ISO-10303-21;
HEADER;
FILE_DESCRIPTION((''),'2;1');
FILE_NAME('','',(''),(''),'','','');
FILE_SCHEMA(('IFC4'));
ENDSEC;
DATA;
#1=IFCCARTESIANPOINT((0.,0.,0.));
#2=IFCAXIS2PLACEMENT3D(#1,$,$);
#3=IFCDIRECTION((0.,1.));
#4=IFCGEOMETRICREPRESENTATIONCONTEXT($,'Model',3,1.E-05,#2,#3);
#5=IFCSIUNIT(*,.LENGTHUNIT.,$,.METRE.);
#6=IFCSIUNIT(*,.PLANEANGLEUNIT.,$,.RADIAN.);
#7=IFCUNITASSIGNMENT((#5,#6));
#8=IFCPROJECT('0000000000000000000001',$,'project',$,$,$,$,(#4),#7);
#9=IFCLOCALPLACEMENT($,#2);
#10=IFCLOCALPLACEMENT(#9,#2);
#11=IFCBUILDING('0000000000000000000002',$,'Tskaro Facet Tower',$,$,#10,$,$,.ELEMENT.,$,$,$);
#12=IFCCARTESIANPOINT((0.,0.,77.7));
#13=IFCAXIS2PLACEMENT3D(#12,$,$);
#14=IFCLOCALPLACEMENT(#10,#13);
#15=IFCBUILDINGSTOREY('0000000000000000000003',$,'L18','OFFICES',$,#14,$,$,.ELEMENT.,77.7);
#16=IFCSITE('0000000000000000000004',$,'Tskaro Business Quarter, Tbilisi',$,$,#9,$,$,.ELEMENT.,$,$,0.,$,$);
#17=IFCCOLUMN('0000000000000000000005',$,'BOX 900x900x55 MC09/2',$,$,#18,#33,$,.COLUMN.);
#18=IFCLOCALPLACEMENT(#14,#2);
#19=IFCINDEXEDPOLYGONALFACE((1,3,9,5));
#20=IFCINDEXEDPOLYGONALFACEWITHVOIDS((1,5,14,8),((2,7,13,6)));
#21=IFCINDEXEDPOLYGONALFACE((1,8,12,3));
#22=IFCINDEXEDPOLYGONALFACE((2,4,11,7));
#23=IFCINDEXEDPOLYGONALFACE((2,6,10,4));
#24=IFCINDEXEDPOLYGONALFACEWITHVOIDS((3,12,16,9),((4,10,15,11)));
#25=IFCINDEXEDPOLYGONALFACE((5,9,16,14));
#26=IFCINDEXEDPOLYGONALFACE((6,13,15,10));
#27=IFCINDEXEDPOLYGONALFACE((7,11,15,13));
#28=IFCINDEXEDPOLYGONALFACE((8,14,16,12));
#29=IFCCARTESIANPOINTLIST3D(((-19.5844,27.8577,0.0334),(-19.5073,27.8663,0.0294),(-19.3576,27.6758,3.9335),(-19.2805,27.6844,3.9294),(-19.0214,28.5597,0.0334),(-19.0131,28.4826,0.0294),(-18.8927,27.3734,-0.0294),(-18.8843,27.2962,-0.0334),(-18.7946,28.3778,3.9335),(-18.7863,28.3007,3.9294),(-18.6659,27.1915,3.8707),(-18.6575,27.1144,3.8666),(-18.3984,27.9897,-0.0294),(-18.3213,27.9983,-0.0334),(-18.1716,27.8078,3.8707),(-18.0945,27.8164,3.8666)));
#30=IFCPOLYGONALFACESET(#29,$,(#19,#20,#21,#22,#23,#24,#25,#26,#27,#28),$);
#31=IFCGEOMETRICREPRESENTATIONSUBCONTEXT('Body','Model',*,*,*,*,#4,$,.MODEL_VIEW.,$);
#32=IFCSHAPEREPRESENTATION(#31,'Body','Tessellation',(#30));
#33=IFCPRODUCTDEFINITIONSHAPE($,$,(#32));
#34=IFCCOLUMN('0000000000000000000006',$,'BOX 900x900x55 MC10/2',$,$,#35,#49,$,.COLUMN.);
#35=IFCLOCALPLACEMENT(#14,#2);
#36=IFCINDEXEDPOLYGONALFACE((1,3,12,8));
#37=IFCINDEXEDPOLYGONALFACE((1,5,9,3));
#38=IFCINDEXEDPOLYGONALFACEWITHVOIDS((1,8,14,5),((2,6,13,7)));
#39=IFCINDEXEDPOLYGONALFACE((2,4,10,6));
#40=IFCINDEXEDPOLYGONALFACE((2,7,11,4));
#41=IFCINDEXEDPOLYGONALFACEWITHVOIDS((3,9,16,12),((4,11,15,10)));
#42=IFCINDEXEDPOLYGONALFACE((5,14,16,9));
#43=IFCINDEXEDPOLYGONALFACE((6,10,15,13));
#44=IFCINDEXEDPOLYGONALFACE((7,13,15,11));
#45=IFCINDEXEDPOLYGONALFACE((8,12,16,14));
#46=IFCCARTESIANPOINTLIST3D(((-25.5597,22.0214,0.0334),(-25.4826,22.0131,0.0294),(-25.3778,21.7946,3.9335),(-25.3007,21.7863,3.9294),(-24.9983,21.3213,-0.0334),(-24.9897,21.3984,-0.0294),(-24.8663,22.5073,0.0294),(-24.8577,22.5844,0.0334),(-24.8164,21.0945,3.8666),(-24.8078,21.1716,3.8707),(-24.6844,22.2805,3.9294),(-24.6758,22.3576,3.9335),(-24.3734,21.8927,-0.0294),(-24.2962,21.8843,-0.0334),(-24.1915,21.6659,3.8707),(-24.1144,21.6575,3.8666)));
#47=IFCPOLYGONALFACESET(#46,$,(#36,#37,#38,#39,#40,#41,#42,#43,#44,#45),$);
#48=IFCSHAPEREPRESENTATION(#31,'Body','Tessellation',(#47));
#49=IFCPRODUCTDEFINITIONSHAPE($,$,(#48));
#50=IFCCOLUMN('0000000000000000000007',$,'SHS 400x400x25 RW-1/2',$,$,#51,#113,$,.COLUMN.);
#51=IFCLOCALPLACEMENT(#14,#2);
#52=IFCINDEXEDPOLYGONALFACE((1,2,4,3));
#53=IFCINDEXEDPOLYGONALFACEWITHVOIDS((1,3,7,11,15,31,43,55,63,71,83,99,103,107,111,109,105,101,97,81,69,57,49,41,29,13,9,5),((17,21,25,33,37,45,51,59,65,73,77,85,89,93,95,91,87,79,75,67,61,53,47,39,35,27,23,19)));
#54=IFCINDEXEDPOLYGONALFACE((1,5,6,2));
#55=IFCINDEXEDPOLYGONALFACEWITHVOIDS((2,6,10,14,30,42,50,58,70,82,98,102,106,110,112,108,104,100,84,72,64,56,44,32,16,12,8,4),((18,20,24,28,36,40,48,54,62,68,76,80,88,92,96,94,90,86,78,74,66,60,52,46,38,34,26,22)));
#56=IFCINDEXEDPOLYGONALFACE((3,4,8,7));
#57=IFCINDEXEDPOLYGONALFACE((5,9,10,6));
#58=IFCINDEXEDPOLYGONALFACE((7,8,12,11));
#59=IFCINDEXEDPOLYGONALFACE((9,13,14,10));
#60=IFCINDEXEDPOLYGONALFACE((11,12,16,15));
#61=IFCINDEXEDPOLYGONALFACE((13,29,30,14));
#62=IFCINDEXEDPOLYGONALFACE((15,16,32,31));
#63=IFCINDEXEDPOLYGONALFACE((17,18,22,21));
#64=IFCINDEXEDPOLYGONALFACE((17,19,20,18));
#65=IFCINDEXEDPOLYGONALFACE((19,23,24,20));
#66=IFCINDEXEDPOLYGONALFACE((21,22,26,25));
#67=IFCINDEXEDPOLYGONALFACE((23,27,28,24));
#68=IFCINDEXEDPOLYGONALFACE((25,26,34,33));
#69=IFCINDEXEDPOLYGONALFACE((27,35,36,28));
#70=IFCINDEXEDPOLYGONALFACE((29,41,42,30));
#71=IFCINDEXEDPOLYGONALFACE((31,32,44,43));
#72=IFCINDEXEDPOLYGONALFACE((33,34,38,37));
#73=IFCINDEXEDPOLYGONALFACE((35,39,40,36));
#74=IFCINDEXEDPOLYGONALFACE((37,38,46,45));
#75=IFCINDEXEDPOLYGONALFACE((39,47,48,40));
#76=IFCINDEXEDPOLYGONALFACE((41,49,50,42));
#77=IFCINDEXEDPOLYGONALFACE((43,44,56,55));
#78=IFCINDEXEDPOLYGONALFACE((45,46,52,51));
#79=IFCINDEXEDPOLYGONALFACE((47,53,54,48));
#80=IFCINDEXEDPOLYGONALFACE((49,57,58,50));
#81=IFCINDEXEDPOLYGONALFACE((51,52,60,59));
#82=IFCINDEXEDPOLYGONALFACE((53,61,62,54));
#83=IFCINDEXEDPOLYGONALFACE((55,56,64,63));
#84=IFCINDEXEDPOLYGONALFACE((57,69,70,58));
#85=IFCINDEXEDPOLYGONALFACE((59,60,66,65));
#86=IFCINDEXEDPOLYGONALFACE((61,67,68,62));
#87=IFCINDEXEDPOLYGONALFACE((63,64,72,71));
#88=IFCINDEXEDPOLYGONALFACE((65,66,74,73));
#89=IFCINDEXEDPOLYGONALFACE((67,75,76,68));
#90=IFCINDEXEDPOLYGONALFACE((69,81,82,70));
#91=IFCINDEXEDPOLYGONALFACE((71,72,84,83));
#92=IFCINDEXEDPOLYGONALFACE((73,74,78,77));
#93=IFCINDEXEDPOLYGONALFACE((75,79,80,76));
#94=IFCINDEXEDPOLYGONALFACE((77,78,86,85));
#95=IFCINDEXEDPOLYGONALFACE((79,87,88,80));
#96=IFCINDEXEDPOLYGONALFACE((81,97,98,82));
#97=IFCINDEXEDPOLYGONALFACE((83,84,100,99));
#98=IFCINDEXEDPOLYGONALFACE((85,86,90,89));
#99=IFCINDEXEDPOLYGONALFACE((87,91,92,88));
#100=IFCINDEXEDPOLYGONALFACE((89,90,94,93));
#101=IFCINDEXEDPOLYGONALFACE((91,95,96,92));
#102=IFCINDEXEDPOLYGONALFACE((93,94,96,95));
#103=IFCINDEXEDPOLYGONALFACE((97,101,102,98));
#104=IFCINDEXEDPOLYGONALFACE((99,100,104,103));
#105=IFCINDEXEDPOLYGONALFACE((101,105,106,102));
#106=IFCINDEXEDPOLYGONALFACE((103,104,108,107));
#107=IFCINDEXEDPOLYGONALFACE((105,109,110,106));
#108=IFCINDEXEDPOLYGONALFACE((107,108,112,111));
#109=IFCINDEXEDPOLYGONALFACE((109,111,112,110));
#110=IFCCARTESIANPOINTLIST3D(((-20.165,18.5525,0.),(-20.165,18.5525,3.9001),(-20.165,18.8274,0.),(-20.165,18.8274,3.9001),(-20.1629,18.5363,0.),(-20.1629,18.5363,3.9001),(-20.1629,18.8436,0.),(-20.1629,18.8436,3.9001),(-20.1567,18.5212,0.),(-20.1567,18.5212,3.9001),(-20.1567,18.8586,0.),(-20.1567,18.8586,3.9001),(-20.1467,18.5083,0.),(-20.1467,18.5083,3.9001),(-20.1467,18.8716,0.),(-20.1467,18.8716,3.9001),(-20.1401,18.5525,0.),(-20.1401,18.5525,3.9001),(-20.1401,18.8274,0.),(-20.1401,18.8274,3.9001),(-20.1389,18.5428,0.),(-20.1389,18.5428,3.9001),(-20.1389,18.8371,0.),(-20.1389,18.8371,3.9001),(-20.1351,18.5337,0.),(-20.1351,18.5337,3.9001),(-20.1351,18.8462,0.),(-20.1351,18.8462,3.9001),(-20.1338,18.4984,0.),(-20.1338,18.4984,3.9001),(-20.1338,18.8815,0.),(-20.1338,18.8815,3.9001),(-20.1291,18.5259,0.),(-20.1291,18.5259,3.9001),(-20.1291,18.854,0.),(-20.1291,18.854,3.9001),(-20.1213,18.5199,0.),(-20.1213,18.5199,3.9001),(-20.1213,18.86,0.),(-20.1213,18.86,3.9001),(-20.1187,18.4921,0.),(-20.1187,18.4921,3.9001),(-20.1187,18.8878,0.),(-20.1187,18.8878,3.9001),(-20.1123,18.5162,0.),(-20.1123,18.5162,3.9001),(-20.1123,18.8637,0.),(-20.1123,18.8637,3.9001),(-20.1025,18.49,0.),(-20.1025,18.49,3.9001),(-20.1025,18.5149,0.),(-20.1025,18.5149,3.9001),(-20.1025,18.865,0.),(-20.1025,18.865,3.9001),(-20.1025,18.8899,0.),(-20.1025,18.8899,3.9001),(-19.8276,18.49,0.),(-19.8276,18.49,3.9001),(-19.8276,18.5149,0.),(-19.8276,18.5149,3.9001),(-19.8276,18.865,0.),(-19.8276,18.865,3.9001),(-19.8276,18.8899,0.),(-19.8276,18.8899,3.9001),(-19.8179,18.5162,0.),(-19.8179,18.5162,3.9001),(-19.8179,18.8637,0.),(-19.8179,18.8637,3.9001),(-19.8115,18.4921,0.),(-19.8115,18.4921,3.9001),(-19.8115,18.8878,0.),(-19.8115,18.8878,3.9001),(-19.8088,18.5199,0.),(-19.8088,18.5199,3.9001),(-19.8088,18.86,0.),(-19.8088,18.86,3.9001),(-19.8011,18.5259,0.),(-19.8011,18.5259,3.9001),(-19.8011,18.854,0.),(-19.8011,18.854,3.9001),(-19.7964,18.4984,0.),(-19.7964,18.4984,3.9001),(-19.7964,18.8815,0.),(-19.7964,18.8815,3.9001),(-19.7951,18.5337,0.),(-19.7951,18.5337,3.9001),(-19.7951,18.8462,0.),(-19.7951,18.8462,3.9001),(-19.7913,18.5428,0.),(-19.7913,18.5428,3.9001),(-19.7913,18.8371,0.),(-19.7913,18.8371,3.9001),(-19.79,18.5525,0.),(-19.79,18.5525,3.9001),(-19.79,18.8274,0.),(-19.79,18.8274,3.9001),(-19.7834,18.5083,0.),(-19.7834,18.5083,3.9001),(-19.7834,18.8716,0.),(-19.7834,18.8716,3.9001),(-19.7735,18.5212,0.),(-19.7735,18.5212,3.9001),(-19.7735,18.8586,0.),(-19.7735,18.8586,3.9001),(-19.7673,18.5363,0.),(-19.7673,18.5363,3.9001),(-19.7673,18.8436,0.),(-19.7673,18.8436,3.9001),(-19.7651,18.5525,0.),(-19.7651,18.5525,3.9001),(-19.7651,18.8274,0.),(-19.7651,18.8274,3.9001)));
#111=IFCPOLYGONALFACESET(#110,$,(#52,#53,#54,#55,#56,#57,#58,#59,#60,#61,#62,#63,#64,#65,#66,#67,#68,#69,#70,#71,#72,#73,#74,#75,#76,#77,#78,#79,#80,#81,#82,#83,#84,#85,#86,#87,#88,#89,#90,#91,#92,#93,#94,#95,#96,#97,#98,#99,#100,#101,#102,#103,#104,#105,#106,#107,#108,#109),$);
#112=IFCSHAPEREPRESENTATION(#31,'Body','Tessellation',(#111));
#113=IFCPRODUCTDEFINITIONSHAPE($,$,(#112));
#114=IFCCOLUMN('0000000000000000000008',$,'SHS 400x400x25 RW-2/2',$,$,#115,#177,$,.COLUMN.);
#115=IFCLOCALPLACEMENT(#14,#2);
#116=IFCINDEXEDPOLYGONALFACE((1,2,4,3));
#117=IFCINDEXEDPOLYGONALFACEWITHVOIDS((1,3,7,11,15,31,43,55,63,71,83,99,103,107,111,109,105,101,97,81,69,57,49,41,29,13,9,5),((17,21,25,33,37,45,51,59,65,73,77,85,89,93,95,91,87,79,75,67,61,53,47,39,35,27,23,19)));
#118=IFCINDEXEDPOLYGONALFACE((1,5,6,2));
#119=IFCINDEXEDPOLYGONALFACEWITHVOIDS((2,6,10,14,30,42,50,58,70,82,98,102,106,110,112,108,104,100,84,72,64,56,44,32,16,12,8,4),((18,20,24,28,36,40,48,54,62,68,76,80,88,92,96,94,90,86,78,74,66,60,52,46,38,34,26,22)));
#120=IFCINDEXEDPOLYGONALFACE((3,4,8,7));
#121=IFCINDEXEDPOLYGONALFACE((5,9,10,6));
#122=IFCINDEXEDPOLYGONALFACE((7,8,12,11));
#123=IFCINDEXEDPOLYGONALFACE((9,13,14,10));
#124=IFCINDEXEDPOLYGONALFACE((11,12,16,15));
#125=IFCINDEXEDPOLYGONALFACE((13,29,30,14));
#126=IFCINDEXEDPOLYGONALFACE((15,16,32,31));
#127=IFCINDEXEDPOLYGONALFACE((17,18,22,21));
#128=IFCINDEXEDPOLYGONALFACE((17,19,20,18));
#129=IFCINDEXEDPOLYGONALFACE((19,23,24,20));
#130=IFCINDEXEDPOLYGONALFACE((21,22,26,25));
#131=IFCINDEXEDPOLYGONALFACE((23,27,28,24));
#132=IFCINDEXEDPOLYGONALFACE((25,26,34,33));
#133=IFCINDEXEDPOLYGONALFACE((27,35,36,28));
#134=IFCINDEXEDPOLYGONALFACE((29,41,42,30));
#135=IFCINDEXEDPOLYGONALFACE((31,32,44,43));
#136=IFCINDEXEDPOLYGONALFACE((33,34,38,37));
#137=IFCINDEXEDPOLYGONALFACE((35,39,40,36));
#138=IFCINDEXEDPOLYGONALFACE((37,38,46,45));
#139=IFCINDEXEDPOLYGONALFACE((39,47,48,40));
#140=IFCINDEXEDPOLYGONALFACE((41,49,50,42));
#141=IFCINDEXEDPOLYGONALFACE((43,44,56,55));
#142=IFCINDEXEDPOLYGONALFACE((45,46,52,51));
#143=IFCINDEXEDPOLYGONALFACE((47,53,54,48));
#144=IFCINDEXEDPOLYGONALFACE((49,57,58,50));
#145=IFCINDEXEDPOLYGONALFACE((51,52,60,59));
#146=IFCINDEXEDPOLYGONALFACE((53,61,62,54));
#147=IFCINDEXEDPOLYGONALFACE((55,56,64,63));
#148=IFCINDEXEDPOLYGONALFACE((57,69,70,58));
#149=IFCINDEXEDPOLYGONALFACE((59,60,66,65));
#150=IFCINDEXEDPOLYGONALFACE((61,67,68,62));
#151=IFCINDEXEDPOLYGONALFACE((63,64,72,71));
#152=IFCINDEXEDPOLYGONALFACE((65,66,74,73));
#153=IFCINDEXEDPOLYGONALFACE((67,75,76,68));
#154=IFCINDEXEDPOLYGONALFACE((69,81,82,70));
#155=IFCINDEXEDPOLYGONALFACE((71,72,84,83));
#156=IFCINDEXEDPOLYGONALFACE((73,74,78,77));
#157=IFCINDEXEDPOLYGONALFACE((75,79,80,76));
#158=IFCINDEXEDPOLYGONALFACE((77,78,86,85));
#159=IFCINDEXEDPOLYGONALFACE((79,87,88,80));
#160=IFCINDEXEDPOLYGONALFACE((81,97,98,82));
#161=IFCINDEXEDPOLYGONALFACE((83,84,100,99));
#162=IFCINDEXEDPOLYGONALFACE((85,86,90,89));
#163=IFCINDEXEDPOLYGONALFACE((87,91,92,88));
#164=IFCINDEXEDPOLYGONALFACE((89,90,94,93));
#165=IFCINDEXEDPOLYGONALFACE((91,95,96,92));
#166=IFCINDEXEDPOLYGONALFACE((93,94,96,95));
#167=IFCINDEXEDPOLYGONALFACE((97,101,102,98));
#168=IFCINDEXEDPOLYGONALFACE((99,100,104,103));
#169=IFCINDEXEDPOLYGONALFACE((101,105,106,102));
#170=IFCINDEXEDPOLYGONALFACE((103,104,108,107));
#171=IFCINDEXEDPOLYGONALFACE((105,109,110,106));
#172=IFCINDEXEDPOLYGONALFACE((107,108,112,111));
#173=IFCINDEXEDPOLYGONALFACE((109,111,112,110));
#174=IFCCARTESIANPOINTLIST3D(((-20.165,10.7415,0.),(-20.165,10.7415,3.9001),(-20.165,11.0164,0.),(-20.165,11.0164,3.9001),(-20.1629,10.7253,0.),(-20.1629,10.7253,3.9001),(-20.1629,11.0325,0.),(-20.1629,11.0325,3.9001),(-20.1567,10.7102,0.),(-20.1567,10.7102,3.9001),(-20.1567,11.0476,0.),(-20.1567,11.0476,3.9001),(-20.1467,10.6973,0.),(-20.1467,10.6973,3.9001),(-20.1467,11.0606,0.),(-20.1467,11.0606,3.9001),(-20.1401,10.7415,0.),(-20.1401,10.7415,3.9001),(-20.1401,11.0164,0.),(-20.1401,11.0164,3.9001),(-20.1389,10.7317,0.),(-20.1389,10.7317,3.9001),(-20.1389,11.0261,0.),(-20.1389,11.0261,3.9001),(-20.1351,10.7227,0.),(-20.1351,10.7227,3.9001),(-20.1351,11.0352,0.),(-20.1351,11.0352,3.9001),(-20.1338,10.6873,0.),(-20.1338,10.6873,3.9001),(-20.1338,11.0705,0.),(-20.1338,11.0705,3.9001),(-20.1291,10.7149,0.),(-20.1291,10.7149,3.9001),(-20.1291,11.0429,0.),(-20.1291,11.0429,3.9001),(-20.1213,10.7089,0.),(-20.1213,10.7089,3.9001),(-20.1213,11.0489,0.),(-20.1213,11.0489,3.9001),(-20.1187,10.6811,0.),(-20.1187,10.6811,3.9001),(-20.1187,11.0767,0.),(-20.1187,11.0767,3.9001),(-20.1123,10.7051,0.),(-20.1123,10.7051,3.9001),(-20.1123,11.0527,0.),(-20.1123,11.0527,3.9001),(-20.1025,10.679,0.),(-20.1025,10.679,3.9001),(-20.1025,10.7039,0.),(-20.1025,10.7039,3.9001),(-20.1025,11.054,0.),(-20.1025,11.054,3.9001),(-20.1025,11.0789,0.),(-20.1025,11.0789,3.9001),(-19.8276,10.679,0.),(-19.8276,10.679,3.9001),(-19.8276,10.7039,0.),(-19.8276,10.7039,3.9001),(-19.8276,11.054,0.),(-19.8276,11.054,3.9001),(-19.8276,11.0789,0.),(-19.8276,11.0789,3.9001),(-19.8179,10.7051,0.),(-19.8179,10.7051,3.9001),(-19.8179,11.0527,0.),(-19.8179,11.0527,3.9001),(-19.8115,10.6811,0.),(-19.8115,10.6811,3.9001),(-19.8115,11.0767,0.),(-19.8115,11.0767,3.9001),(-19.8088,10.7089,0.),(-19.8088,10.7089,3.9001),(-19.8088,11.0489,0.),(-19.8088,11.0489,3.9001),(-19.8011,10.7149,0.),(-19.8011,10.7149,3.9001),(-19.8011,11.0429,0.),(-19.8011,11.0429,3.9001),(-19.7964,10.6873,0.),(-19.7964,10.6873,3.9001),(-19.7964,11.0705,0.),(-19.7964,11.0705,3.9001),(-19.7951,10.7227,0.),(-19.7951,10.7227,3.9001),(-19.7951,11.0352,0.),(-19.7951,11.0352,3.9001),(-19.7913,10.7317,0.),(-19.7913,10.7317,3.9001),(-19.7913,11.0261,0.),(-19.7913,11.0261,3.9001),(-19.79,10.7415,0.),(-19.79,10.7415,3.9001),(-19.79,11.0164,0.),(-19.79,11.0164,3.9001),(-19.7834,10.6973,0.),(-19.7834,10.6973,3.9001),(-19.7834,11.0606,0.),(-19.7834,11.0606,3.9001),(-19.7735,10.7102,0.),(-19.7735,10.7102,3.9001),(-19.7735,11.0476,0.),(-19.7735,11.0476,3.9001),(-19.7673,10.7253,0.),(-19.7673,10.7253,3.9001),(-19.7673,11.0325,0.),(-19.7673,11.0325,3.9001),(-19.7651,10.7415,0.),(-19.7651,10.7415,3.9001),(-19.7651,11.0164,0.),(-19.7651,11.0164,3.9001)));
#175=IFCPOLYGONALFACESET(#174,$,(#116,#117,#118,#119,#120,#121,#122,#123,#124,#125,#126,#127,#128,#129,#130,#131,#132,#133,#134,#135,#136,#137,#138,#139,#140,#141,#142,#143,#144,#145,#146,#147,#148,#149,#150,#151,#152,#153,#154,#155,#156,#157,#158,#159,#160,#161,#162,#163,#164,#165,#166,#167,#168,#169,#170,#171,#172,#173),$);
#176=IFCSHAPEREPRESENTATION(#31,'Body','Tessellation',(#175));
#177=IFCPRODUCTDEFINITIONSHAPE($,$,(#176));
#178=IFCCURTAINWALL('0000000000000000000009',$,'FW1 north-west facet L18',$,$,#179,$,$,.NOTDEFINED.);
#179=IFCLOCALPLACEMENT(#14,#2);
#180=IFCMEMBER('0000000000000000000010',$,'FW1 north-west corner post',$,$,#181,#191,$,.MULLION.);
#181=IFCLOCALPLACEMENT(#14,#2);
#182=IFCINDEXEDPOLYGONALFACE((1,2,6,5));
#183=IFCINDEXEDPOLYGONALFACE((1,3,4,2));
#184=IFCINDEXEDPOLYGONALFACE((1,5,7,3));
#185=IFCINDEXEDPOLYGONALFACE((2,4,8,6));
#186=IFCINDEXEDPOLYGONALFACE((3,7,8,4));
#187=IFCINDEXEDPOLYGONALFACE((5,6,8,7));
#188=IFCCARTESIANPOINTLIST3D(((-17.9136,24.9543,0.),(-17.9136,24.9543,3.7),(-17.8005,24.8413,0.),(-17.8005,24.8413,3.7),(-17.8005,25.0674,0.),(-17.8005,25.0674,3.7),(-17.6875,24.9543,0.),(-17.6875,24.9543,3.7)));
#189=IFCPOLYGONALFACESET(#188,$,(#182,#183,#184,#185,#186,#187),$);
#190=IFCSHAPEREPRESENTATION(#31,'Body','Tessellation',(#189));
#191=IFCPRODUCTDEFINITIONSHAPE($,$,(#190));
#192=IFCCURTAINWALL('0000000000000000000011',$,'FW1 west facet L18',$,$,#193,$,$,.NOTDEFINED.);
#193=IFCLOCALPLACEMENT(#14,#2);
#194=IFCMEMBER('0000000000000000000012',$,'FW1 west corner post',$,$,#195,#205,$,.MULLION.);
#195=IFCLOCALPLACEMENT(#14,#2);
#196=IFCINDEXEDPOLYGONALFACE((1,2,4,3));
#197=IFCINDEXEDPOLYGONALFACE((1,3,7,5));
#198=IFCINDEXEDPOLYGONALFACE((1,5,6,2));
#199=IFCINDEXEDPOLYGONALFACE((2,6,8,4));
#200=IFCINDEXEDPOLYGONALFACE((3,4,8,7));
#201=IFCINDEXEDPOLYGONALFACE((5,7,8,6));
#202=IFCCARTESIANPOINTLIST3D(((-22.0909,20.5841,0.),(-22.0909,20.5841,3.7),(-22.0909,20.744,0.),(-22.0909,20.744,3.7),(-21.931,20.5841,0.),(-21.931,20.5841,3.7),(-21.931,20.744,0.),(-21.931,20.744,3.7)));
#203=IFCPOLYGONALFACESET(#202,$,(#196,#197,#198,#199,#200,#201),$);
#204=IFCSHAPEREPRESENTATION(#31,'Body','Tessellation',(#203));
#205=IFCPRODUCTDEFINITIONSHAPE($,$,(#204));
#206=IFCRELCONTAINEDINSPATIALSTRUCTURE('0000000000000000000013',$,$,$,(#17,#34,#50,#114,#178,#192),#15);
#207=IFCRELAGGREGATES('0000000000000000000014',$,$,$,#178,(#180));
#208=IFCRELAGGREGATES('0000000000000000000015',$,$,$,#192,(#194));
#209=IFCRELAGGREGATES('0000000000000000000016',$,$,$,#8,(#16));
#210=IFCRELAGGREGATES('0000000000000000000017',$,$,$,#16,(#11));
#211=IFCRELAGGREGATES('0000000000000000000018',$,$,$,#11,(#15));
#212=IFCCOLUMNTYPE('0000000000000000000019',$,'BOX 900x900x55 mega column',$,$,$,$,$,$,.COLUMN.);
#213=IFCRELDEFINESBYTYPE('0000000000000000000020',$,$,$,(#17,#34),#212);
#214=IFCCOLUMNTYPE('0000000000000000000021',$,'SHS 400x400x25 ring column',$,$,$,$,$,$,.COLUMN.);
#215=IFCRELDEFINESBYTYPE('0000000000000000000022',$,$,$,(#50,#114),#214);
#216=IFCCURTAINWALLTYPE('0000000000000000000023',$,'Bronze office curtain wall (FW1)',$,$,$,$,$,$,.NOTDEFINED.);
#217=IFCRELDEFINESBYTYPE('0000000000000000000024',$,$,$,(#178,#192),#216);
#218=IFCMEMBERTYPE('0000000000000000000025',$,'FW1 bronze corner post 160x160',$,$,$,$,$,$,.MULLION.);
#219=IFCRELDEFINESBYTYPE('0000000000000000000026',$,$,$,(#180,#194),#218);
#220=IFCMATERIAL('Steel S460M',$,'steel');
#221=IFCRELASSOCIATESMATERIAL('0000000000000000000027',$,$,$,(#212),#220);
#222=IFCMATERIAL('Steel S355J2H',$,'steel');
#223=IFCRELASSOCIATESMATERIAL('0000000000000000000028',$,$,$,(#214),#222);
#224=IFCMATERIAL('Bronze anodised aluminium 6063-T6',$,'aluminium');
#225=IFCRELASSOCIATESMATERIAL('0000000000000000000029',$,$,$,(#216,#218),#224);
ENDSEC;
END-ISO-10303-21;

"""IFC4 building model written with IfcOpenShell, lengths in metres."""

from ifc_helpers import new_model, si_unit, direction, frame, origin, origin_2d, place, context, subcontext, project, spatial, rectangle, hollow_rectangle, extrude, material, material_profile, profile_set, type_object, element, aggregate, save


model = new_model("IFC4")

# Units and contexts
model_context = context("Model", 3, precision=1e-05, world=origin(), true_north=direction((0.0, 1.0)))
body_context = subcontext(model_context, "Body", "Model", "MODEL_VIEW")
ifc_project = project(units=[si_unit("LENGTHUNIT", "METRE"), si_unit("PLANEANGLEUNIT", "RADIAN")], contexts=[model_context])

# Site, building, storey
site_placement = place(None, origin())
site = spatial("IfcSite", under=ifc_project, at=site_placement, Name="Tskaro Business Quarter, Tbilisi", CompositionType="ELEMENT", RefElevation=0.0)
building_placement = place(site_placement, origin())
building = spatial("IfcBuilding", under=site, at=building_placement, Name="Tskaro Facet Tower", CompositionType="ELEMENT")
storey_placement = place(building_placement, frame((0.0, 0.0, 77.7)))
storey = spatial("IfcBuildingStorey", under=building, at=storey_placement, Name="L18", Description="OFFICES", CompositionType="ELEMENT", Elevation=77.7)

# Columns
ifc_material_1 = material(Name="Steel S460M", Category="steel")
ifc_material_profile_1 = material_profile(ifc_material_1, hollow_rectangle(XDim=0.8999, YDim=0.8999, WallThickness=0.0549, at=origin_2d()), Name="BOX 900x900x55")
ifc_profile_set_1 = profile_set([ifc_material_profile_1], Name="Steel S460M")
column_type_1 = type_object("IfcColumnType", Name="BOX 900x900x55 mega column", PredefinedType="COLUMN", material=ifc_profile_set_1)
for number, where, z_axis, x_axis, name in (
    (1, (-18.9529, 27.928, 0.0), (0.057992, -0.046506, 0.997233), (0.625616, 0.780131, 0.0), "BOX 900x900x55 MC09/2"),
    (2, (-24.928, 21.9529, 0.0), (0.046506, -0.057992, 0.997233), (0.780131, 0.625616, 0.0), "BOX 900x900x55 MC10/2"),
):
    element("IfcColumn", number, at=place(storey_placement, frame(where, z_axis=z_axis, x_axis=x_axis)), inside=storey, type_object=column_type_1, Name=name, PredefinedType="COLUMN", context=body_context, shape_type="SweptSolid", body=[
        extrude(hollow_rectangle(XDim=0.8999, YDim=0.8999, WallThickness=0.0549, at=origin_2d()), origin(), (0.0, 0.0, 1.0), 3.9109),
    ])
ifc_material_2 = material(Name="Steel S355J2H", Category="steel")
ifc_material_profile_2 = material_profile(ifc_material_2, hollow_rectangle(XDim=0.3999, YDim=0.3999, WallThickness=0.0249, InnerFilletRadius=0.0376, OuterFilletRadius=0.0625, at=origin_2d()), Name="SHS 400x400x25")
ifc_profile_set_2 = profile_set([ifc_material_profile_2], Name="Steel S355J2H")
column_type_2 = type_object("IfcColumnType", Name="SHS 400x400x25 ring column", PredefinedType="COLUMN", material=ifc_profile_set_2)
for number, where, z_axis, x_axis, name in (
    (3, (-19.9651, 18.6899, 0.0), (0.0, 0.0, 1.0), (1.0, 0.0, 0.0), "SHS 400x400x25 RW-1/2"),
    (4, (-19.9651, 10.8789, 0.0), (0.0, 0.0, 1.0), (1.0, 0.0, 0.0), "SHS 400x400x25 RW-2/2"),
):
    element("IfcColumn", number, at=place(storey_placement, frame(where, z_axis=z_axis, x_axis=x_axis)), inside=storey, type_object=column_type_2, Name=name, PredefinedType="COLUMN", context=body_context, shape_type="SweptSolid", body=[
        extrude(hollow_rectangle(XDim=0.3999, YDim=0.3999, WallThickness=0.0249, InnerFilletRadius=0.0376, OuterFilletRadius=0.0625, at=origin_2d()), origin(), (0.0, 0.0, 1.0), 3.9001),
    ])

# Curtain wall, member
ifc_material_3 = material(Name="Bronze anodised aluminium 6063-T6", Category="aluminium")
curtain_wall_type = type_object("IfcCurtainWallType", Name="Bronze office curtain wall (FW1)", PredefinedType="NOTDEFINED", material=ifc_material_3)
curtain_wall_1_placement = place(storey_placement, origin())
curtain_wall_1 = element("IfcCurtainWall", 5, at=curtain_wall_1_placement, inside=storey, type_object=curtain_wall_type, Name="FW1 north-west facet L18", PredefinedType="NOTDEFINED")
ifc_material_profile_3 = material_profile(ifc_material_3, rectangle(XDim=0.1599, YDim=0.1599, at=origin_2d()), Name="Corner post 160x160")
ifc_profile_set_3 = profile_set([ifc_material_profile_3], Name="Bronze anodised aluminium 6063-T6")
member_type_1 = type_object("IfcMemberType", Name="FW1 bronze corner post 160x160", PredefinedType="MULLION", material=ifc_profile_set_3)
member_1_placement = place(storey_placement, frame((-17.8005, 24.9543, 0.0), z_axis=(0.0, 0.0, 1.0), x_axis=(-0.707107, -0.707107, 0.0)))
member_1 = element("IfcMember", 6, at=member_1_placement, type_object=member_type_1, Name="FW1 north-west corner post", PredefinedType="MULLION", context=body_context, shape_type="SweptSolid", body=[
    extrude(rectangle(XDim=0.1599, YDim=0.1599, at=origin_2d()), origin(), (0.0, 0.0, 1.0), 3.7),
])

# Curtain wall, member
curtain_wall_2_placement = place(storey_placement, origin())
curtain_wall_2 = element("IfcCurtainWall", 7, at=curtain_wall_2_placement, inside=storey, type_object=curtain_wall_type, Name="FW1 west facet L18", PredefinedType="NOTDEFINED")
member_2_placement = place(storey_placement, frame((-22.011, 20.6641, 0.0), z_axis=(0.0, 0.0, 1.0), x_axis=(0.0, -1.0, 0.0)))
member_2 = element("IfcMember", 8, at=member_2_placement, type_object=member_type_1, Name="FW1 west corner post", PredefinedType="MULLION", context=body_context, shape_type="SweptSolid", body=[
    extrude(rectangle(XDim=0.1599, YDim=0.1599, at=origin_2d()), origin(), (0.0, 0.0, 1.0), 3.7),
])

aggregate(curtain_wall_1, [member_1])
aggregate(curtain_wall_2, [member_2])

save(model, "model.ifc")
